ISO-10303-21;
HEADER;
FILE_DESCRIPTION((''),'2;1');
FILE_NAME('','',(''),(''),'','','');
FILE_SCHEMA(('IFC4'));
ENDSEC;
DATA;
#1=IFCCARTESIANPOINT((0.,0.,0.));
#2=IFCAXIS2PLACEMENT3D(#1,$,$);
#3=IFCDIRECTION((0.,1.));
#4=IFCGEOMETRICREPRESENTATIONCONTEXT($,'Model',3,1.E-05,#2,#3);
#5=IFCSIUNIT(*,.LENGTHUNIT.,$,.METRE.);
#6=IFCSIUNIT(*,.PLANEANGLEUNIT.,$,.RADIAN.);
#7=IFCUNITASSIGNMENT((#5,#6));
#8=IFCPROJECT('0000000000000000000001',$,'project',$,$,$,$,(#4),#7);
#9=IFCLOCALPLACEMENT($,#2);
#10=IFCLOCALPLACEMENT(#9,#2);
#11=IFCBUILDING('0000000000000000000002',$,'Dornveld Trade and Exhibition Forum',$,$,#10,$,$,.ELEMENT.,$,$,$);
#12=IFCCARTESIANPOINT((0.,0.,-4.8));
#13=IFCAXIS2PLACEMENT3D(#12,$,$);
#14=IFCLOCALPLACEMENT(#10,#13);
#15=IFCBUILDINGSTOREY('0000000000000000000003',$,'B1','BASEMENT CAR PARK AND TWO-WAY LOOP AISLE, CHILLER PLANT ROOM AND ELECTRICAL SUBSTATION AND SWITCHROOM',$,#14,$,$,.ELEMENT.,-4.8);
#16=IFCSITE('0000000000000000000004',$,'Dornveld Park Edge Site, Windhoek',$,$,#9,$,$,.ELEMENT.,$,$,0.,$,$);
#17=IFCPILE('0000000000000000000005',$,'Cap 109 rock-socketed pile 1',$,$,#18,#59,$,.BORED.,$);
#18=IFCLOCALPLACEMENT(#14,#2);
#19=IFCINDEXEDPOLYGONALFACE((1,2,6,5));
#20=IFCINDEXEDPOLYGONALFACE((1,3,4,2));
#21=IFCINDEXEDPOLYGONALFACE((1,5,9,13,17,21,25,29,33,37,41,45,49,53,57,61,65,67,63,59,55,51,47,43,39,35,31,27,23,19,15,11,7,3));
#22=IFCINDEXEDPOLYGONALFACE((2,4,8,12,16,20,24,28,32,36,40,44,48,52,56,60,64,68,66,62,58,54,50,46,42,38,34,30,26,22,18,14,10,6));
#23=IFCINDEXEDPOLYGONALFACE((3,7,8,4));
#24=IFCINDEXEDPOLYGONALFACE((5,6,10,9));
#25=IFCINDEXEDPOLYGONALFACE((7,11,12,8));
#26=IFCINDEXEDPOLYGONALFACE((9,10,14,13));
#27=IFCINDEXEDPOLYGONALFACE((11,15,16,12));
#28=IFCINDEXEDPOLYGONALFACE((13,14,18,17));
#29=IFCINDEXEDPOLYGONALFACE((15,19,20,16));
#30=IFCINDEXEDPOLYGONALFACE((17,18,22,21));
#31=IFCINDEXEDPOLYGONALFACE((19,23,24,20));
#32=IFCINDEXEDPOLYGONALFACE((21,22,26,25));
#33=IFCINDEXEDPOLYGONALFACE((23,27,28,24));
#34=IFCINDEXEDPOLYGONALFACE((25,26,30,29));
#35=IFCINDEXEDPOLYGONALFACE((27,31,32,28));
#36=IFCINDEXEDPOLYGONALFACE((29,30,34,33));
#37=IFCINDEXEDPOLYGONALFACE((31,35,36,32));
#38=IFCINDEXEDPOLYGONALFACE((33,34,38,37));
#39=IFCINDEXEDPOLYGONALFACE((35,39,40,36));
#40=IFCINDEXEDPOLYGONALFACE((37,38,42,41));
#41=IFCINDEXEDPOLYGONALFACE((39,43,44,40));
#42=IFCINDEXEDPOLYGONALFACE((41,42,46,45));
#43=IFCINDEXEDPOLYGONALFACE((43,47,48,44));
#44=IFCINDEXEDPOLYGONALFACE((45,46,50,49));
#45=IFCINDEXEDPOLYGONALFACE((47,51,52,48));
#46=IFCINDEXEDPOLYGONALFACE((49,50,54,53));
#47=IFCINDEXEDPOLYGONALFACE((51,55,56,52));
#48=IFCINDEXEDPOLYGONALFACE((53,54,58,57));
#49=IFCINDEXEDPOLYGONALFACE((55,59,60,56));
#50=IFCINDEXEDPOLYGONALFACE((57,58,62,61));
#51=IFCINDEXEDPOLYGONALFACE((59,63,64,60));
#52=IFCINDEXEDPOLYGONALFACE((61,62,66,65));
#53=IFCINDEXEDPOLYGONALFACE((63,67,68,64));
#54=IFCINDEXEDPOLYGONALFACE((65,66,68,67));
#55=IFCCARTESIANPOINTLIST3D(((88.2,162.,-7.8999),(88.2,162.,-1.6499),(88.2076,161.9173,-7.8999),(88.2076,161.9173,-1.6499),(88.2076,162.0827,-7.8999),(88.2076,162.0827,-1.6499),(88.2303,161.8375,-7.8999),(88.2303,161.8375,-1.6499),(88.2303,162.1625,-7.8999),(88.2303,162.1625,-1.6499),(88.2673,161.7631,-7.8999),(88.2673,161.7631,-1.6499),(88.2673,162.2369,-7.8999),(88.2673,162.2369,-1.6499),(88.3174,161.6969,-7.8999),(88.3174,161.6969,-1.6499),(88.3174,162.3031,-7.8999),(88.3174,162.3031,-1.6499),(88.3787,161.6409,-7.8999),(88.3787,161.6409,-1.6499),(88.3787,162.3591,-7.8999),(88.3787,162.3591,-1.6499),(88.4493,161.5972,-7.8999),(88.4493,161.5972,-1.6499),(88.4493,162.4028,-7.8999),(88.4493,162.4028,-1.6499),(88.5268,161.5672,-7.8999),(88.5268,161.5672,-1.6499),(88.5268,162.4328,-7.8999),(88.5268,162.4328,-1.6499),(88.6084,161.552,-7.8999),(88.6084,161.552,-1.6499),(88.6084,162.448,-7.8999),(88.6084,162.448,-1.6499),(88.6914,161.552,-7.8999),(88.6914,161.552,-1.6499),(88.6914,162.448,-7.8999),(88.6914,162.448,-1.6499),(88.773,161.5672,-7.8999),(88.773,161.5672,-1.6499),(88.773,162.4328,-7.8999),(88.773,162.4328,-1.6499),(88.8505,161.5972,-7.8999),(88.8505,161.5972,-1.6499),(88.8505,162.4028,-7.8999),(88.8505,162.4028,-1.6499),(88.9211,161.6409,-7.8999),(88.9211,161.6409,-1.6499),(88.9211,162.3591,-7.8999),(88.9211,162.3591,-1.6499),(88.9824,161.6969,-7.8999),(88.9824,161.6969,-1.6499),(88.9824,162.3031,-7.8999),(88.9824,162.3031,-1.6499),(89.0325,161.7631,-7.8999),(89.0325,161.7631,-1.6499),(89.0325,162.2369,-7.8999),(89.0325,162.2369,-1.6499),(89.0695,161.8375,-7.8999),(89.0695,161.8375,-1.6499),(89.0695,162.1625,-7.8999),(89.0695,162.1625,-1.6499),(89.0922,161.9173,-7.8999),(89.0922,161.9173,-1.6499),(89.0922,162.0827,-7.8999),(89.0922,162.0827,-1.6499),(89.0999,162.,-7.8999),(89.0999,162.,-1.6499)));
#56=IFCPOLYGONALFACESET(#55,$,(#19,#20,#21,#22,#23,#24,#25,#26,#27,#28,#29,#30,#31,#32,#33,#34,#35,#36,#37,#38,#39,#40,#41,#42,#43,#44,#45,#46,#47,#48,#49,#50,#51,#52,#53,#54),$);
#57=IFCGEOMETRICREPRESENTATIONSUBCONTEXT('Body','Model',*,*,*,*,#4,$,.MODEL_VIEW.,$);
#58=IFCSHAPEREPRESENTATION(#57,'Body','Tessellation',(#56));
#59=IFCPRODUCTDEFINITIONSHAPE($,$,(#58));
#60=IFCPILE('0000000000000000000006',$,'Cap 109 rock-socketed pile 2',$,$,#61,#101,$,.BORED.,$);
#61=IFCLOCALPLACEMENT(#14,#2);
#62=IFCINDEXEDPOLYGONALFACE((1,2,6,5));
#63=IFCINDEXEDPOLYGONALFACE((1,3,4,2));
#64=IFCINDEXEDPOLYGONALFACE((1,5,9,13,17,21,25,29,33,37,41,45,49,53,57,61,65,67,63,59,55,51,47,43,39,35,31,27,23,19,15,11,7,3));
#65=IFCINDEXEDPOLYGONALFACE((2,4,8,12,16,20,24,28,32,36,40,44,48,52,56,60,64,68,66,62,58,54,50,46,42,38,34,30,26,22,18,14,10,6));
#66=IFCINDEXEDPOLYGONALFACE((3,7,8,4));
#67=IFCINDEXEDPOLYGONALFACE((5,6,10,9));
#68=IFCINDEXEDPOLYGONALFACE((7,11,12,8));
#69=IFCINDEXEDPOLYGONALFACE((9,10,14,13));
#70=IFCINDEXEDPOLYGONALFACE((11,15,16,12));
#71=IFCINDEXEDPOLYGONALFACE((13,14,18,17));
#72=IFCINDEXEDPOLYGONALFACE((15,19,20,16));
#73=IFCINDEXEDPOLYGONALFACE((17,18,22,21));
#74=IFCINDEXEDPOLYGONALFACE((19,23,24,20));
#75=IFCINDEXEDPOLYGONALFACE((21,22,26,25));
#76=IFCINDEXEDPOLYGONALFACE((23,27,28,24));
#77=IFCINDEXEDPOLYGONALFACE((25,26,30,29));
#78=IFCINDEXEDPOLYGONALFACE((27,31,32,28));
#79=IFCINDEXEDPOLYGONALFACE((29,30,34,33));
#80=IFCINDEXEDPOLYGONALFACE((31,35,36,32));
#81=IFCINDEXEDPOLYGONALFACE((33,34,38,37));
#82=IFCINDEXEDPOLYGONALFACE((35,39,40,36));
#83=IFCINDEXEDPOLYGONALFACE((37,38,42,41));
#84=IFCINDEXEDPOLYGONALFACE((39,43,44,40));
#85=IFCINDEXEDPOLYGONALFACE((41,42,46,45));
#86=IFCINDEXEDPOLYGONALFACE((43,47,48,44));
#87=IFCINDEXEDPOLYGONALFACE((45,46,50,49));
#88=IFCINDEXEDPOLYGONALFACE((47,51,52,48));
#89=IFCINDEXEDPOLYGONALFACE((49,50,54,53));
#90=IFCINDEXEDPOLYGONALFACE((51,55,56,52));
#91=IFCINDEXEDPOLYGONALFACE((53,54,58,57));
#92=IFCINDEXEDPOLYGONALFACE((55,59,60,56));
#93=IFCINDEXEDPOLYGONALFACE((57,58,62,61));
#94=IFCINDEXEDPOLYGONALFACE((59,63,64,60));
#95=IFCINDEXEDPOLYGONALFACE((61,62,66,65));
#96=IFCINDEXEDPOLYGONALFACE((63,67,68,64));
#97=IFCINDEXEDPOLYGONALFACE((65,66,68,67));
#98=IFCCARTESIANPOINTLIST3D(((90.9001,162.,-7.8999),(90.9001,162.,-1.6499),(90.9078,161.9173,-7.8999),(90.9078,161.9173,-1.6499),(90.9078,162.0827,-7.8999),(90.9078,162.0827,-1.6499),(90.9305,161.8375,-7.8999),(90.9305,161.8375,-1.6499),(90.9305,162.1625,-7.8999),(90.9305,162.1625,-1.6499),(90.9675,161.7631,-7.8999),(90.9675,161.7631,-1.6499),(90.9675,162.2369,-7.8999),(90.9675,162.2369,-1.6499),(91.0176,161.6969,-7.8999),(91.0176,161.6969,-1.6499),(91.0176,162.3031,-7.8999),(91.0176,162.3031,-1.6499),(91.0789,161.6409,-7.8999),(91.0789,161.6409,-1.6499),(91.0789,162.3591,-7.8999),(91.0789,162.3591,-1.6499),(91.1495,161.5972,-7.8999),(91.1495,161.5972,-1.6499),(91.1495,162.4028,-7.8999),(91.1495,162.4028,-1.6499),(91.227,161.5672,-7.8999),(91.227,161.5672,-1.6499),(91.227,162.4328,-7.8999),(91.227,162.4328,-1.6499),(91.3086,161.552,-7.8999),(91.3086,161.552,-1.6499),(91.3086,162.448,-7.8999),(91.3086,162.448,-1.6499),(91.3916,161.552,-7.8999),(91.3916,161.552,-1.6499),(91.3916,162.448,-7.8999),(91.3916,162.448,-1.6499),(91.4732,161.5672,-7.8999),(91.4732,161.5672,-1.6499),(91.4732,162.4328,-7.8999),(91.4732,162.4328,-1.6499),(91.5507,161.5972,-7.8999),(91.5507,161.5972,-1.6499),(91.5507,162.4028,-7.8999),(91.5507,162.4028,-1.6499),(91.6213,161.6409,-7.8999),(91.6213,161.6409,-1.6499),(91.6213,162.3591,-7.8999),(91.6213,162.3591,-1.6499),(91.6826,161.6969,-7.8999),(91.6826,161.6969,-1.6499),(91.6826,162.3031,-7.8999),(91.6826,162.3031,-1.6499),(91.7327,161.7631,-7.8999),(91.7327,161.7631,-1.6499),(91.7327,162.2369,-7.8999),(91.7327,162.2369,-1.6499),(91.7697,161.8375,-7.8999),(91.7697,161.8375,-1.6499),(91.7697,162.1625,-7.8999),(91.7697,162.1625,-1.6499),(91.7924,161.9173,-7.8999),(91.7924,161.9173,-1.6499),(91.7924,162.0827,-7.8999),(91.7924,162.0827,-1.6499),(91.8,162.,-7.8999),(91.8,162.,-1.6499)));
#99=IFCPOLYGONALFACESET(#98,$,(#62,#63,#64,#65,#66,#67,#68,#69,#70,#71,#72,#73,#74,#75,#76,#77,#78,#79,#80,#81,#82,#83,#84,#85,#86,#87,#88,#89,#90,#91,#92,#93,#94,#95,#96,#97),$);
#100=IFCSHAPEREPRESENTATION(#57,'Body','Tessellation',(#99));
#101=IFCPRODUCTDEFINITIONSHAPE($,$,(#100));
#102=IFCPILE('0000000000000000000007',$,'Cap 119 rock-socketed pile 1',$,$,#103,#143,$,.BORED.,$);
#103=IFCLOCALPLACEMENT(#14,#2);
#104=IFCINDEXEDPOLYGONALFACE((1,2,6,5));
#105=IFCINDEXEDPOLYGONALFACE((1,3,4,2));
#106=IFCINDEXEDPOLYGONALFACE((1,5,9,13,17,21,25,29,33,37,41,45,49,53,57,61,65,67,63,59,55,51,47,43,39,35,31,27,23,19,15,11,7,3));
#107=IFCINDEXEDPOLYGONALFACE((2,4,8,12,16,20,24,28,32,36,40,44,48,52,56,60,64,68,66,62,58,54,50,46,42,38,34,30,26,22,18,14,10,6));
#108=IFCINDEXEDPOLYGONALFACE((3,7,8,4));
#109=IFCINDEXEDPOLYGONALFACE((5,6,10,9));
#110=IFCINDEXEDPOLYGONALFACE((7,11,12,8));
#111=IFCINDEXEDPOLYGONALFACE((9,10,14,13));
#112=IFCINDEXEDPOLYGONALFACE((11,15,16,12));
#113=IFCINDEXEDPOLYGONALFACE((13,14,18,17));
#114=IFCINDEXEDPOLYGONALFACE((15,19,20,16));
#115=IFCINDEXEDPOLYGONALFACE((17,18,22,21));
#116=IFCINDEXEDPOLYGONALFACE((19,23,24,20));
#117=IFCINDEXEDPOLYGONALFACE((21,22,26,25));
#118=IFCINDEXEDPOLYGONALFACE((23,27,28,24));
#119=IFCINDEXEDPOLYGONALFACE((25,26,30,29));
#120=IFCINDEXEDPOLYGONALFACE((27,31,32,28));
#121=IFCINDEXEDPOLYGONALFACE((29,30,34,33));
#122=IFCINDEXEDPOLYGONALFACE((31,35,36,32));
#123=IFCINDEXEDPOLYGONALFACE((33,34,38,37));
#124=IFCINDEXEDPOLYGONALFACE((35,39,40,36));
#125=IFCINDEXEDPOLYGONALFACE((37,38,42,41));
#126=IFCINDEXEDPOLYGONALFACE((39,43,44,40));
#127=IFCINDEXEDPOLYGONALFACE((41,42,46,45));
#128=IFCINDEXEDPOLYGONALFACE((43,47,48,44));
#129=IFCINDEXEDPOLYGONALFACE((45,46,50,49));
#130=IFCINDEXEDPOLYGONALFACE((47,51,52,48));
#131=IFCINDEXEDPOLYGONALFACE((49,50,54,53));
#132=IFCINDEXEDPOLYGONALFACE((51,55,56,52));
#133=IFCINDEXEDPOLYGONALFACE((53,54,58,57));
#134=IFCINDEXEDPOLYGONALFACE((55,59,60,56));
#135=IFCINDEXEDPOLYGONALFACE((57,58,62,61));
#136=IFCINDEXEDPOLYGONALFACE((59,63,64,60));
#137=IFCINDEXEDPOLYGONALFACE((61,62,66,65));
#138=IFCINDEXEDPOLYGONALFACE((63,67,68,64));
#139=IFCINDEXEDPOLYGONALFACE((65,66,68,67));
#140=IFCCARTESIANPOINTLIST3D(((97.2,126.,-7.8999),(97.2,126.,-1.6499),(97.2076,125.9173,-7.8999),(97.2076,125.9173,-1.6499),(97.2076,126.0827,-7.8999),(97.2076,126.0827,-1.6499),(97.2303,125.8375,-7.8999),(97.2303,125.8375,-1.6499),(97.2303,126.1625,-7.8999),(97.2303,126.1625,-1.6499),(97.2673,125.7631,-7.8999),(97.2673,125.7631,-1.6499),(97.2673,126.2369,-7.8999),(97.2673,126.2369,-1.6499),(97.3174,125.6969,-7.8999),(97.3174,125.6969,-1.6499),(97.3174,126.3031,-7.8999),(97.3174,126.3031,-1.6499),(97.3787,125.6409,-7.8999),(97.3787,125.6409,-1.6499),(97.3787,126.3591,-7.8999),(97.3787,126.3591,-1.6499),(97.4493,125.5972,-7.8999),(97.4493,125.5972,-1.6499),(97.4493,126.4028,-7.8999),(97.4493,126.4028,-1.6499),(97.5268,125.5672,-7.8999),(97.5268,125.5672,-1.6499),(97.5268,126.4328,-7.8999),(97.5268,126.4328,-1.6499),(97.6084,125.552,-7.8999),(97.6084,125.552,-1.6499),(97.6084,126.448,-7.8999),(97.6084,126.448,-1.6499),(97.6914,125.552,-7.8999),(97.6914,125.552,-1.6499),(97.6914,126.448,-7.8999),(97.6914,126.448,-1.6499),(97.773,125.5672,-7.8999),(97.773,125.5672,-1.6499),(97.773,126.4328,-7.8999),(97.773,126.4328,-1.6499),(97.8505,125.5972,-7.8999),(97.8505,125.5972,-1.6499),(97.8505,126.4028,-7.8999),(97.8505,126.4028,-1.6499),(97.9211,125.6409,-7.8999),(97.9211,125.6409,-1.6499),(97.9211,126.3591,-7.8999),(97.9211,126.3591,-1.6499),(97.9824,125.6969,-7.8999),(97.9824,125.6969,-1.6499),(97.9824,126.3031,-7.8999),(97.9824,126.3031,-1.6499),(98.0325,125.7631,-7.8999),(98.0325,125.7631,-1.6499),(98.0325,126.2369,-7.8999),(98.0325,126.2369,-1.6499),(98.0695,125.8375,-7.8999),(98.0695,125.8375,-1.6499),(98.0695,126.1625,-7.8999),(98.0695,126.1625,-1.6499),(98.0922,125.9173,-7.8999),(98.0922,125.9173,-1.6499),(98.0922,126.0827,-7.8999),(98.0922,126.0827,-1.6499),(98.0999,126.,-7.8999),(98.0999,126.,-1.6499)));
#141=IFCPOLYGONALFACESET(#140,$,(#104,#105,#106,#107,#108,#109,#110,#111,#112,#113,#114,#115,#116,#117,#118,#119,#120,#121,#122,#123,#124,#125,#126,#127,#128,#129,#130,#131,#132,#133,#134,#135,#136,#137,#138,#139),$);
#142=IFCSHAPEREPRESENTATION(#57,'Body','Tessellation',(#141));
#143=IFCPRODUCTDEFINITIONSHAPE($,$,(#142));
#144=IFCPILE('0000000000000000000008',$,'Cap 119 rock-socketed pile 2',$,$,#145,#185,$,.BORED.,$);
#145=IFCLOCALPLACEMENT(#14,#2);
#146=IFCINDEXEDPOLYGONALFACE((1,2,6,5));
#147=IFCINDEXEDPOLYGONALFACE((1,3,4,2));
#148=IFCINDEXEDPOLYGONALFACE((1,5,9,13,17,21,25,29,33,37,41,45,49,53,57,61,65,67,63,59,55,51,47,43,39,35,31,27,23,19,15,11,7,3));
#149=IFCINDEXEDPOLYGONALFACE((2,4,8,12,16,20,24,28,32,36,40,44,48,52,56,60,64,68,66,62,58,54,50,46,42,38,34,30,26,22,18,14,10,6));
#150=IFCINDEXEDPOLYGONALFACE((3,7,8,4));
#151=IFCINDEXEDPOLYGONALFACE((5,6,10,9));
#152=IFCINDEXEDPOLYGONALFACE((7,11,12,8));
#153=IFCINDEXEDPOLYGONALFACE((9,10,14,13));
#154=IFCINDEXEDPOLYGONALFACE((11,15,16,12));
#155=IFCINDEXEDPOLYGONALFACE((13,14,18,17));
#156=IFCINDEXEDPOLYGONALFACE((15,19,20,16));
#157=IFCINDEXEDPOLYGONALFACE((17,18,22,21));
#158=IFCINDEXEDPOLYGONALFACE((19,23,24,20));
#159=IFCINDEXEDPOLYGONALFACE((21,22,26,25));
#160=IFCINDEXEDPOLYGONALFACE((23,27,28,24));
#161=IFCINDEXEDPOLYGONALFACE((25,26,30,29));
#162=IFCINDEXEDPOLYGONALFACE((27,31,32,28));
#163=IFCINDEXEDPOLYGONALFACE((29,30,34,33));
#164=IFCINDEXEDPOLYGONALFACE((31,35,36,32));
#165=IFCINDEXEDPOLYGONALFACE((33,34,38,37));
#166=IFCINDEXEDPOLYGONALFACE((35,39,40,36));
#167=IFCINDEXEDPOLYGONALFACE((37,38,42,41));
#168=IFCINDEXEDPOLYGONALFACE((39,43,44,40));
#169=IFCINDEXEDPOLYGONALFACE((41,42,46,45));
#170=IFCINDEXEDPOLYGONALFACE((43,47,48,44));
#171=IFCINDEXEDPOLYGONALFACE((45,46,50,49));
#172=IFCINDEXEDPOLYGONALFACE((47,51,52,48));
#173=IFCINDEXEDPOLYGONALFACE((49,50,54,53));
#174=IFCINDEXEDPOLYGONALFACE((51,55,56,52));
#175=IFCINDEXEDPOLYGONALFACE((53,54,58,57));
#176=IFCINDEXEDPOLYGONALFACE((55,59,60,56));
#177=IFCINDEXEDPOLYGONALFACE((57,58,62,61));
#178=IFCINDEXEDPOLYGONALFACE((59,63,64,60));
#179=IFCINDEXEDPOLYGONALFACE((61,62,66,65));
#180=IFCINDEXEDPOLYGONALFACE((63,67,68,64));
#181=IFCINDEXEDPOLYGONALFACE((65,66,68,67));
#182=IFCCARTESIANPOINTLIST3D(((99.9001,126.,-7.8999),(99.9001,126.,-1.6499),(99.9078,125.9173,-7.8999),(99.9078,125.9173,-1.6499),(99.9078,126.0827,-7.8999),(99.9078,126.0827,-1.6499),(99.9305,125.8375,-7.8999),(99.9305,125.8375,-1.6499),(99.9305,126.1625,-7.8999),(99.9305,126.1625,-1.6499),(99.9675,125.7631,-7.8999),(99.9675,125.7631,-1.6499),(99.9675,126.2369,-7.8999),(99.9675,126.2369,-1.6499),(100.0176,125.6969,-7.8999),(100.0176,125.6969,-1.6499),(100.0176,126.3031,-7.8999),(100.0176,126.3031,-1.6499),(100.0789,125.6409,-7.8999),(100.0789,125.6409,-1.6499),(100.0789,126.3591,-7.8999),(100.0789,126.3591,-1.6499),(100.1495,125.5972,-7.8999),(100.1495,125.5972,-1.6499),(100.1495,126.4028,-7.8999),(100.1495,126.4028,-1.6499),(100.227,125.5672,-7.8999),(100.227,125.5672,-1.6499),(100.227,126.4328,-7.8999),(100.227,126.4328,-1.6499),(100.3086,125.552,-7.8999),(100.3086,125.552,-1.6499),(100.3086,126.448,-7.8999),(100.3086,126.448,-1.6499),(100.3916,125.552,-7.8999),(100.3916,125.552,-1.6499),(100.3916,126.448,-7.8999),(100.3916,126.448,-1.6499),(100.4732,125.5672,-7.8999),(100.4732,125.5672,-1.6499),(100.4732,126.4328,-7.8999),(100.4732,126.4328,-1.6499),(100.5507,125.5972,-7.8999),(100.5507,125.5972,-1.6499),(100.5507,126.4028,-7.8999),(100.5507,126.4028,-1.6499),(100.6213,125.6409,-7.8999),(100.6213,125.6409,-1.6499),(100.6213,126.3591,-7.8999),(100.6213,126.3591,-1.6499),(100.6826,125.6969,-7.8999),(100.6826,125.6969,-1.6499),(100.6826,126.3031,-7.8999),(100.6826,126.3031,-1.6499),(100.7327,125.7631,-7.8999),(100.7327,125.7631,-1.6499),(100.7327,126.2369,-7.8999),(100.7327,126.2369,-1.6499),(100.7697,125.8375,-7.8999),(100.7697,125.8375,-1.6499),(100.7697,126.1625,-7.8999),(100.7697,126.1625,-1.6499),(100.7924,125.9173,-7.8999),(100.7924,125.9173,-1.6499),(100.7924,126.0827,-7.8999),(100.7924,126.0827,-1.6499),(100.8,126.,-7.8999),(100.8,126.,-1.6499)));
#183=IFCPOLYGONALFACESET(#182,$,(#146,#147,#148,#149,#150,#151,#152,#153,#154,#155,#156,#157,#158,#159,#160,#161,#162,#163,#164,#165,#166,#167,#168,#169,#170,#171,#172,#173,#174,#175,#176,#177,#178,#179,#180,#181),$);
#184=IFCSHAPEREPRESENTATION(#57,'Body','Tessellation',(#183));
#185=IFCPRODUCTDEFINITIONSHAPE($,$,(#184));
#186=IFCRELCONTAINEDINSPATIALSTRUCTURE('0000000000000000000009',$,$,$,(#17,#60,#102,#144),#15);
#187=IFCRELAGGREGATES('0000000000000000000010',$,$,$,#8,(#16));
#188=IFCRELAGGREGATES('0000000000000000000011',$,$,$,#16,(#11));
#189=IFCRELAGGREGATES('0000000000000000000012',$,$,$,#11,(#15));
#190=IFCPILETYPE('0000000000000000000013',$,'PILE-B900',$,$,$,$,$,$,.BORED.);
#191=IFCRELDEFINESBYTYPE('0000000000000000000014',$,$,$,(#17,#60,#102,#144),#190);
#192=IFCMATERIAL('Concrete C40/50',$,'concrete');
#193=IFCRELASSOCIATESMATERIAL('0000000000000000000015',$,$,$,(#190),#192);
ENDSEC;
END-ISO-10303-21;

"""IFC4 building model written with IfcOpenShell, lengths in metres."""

from ifc_helpers import new_model, si_unit, direction, frame, origin, origin_2d, place, context, subcontext, project, spatial, circle, extrude, material, material_profile, profile_set, type_object, element, save


model = new_model("IFC4")

# Units and contexts
model_context = context("Model", 3, precision=1e-05, world=origin(), true_north=direction((0.0, 1.0)))
body_context = subcontext(model_context, "Body", "Model", "MODEL_VIEW")
ifc_project = project(units=[si_unit("LENGTHUNIT", "METRE"), si_unit("PLANEANGLEUNIT", "RADIAN")], contexts=[model_context])

# Site, building, storey
site_placement = place(None, origin())
site = spatial("IfcSite", under=ifc_project, at=site_placement, Name="Dornveld Park Edge Site, Windhoek", CompositionType="ELEMENT", RefElevation=0.0)
building_placement = place(site_placement, origin())
building = spatial("IfcBuilding", under=site, at=building_placement, Name="Dornveld Trade and Exhibition Forum", CompositionType="ELEMENT")
storey_placement = place(building_placement, frame((0.0, 0.0, -4.8)))
storey = spatial("IfcBuildingStorey", under=building, at=storey_placement, Name="B1", Description="BASEMENT CAR PARK AND TWO-WAY LOOP AISLE, CHILLER PLANT ROOM AND ELECTRICAL SUBSTATION AND SWITCHROOM", CompositionType="ELEMENT", Elevation=-4.8)

# Piles
ifc_material_1 = material(Name="Concrete C40/50", Category="concrete")
ifc_material_profile_1 = material_profile(ifc_material_1, circle(Radius=0.45, at=origin_2d()), Name="PILE D900")
ifc_profile_set_1 = profile_set([ifc_material_profile_1], Name="Concrete C40/50")
pile_type = type_object("IfcPileType", Name="PILE-B900", PredefinedType="BORED", material=ifc_profile_set_1)
for number, where, z_axis, x_axis, name in (
    (1, (88.6499, 162.0, -1.6499), (0.0, 0.0, -1.0), (1.0, 0.0, 0.0), "Cap 109 rock-socketed pile 1"),
    (2, (91.3501, 162.0, -1.6499), (0.0, 0.0, -1.0), (1.0, 0.0, 0.0), "Cap 109 rock-socketed pile 2"),
    (3, (97.6499, 126.0, -1.6499), (0.0, 0.0, -1.0), (1.0, 0.0, 0.0), "Cap 119 rock-socketed pile 1"),
    (4, (100.3501, 126.0, -1.6499), (0.0, 0.0, -1.0), (1.0, 0.0, 0.0), "Cap 119 rock-socketed pile 2"),
):
    element("IfcPile", number, at=place(storey_placement, frame(where, z_axis=z_axis, x_axis=x_axis)), inside=storey, type_object=pile_type, Name=name, PredefinedType="BORED", context=body_context, shape_type="SweptSolid", body=[
        extrude(circle(Radius=0.45, at=origin_2d()), origin(), (0.0, 0.0, 1.0), 6.25),
    ])

save(model, "model.ifc")
